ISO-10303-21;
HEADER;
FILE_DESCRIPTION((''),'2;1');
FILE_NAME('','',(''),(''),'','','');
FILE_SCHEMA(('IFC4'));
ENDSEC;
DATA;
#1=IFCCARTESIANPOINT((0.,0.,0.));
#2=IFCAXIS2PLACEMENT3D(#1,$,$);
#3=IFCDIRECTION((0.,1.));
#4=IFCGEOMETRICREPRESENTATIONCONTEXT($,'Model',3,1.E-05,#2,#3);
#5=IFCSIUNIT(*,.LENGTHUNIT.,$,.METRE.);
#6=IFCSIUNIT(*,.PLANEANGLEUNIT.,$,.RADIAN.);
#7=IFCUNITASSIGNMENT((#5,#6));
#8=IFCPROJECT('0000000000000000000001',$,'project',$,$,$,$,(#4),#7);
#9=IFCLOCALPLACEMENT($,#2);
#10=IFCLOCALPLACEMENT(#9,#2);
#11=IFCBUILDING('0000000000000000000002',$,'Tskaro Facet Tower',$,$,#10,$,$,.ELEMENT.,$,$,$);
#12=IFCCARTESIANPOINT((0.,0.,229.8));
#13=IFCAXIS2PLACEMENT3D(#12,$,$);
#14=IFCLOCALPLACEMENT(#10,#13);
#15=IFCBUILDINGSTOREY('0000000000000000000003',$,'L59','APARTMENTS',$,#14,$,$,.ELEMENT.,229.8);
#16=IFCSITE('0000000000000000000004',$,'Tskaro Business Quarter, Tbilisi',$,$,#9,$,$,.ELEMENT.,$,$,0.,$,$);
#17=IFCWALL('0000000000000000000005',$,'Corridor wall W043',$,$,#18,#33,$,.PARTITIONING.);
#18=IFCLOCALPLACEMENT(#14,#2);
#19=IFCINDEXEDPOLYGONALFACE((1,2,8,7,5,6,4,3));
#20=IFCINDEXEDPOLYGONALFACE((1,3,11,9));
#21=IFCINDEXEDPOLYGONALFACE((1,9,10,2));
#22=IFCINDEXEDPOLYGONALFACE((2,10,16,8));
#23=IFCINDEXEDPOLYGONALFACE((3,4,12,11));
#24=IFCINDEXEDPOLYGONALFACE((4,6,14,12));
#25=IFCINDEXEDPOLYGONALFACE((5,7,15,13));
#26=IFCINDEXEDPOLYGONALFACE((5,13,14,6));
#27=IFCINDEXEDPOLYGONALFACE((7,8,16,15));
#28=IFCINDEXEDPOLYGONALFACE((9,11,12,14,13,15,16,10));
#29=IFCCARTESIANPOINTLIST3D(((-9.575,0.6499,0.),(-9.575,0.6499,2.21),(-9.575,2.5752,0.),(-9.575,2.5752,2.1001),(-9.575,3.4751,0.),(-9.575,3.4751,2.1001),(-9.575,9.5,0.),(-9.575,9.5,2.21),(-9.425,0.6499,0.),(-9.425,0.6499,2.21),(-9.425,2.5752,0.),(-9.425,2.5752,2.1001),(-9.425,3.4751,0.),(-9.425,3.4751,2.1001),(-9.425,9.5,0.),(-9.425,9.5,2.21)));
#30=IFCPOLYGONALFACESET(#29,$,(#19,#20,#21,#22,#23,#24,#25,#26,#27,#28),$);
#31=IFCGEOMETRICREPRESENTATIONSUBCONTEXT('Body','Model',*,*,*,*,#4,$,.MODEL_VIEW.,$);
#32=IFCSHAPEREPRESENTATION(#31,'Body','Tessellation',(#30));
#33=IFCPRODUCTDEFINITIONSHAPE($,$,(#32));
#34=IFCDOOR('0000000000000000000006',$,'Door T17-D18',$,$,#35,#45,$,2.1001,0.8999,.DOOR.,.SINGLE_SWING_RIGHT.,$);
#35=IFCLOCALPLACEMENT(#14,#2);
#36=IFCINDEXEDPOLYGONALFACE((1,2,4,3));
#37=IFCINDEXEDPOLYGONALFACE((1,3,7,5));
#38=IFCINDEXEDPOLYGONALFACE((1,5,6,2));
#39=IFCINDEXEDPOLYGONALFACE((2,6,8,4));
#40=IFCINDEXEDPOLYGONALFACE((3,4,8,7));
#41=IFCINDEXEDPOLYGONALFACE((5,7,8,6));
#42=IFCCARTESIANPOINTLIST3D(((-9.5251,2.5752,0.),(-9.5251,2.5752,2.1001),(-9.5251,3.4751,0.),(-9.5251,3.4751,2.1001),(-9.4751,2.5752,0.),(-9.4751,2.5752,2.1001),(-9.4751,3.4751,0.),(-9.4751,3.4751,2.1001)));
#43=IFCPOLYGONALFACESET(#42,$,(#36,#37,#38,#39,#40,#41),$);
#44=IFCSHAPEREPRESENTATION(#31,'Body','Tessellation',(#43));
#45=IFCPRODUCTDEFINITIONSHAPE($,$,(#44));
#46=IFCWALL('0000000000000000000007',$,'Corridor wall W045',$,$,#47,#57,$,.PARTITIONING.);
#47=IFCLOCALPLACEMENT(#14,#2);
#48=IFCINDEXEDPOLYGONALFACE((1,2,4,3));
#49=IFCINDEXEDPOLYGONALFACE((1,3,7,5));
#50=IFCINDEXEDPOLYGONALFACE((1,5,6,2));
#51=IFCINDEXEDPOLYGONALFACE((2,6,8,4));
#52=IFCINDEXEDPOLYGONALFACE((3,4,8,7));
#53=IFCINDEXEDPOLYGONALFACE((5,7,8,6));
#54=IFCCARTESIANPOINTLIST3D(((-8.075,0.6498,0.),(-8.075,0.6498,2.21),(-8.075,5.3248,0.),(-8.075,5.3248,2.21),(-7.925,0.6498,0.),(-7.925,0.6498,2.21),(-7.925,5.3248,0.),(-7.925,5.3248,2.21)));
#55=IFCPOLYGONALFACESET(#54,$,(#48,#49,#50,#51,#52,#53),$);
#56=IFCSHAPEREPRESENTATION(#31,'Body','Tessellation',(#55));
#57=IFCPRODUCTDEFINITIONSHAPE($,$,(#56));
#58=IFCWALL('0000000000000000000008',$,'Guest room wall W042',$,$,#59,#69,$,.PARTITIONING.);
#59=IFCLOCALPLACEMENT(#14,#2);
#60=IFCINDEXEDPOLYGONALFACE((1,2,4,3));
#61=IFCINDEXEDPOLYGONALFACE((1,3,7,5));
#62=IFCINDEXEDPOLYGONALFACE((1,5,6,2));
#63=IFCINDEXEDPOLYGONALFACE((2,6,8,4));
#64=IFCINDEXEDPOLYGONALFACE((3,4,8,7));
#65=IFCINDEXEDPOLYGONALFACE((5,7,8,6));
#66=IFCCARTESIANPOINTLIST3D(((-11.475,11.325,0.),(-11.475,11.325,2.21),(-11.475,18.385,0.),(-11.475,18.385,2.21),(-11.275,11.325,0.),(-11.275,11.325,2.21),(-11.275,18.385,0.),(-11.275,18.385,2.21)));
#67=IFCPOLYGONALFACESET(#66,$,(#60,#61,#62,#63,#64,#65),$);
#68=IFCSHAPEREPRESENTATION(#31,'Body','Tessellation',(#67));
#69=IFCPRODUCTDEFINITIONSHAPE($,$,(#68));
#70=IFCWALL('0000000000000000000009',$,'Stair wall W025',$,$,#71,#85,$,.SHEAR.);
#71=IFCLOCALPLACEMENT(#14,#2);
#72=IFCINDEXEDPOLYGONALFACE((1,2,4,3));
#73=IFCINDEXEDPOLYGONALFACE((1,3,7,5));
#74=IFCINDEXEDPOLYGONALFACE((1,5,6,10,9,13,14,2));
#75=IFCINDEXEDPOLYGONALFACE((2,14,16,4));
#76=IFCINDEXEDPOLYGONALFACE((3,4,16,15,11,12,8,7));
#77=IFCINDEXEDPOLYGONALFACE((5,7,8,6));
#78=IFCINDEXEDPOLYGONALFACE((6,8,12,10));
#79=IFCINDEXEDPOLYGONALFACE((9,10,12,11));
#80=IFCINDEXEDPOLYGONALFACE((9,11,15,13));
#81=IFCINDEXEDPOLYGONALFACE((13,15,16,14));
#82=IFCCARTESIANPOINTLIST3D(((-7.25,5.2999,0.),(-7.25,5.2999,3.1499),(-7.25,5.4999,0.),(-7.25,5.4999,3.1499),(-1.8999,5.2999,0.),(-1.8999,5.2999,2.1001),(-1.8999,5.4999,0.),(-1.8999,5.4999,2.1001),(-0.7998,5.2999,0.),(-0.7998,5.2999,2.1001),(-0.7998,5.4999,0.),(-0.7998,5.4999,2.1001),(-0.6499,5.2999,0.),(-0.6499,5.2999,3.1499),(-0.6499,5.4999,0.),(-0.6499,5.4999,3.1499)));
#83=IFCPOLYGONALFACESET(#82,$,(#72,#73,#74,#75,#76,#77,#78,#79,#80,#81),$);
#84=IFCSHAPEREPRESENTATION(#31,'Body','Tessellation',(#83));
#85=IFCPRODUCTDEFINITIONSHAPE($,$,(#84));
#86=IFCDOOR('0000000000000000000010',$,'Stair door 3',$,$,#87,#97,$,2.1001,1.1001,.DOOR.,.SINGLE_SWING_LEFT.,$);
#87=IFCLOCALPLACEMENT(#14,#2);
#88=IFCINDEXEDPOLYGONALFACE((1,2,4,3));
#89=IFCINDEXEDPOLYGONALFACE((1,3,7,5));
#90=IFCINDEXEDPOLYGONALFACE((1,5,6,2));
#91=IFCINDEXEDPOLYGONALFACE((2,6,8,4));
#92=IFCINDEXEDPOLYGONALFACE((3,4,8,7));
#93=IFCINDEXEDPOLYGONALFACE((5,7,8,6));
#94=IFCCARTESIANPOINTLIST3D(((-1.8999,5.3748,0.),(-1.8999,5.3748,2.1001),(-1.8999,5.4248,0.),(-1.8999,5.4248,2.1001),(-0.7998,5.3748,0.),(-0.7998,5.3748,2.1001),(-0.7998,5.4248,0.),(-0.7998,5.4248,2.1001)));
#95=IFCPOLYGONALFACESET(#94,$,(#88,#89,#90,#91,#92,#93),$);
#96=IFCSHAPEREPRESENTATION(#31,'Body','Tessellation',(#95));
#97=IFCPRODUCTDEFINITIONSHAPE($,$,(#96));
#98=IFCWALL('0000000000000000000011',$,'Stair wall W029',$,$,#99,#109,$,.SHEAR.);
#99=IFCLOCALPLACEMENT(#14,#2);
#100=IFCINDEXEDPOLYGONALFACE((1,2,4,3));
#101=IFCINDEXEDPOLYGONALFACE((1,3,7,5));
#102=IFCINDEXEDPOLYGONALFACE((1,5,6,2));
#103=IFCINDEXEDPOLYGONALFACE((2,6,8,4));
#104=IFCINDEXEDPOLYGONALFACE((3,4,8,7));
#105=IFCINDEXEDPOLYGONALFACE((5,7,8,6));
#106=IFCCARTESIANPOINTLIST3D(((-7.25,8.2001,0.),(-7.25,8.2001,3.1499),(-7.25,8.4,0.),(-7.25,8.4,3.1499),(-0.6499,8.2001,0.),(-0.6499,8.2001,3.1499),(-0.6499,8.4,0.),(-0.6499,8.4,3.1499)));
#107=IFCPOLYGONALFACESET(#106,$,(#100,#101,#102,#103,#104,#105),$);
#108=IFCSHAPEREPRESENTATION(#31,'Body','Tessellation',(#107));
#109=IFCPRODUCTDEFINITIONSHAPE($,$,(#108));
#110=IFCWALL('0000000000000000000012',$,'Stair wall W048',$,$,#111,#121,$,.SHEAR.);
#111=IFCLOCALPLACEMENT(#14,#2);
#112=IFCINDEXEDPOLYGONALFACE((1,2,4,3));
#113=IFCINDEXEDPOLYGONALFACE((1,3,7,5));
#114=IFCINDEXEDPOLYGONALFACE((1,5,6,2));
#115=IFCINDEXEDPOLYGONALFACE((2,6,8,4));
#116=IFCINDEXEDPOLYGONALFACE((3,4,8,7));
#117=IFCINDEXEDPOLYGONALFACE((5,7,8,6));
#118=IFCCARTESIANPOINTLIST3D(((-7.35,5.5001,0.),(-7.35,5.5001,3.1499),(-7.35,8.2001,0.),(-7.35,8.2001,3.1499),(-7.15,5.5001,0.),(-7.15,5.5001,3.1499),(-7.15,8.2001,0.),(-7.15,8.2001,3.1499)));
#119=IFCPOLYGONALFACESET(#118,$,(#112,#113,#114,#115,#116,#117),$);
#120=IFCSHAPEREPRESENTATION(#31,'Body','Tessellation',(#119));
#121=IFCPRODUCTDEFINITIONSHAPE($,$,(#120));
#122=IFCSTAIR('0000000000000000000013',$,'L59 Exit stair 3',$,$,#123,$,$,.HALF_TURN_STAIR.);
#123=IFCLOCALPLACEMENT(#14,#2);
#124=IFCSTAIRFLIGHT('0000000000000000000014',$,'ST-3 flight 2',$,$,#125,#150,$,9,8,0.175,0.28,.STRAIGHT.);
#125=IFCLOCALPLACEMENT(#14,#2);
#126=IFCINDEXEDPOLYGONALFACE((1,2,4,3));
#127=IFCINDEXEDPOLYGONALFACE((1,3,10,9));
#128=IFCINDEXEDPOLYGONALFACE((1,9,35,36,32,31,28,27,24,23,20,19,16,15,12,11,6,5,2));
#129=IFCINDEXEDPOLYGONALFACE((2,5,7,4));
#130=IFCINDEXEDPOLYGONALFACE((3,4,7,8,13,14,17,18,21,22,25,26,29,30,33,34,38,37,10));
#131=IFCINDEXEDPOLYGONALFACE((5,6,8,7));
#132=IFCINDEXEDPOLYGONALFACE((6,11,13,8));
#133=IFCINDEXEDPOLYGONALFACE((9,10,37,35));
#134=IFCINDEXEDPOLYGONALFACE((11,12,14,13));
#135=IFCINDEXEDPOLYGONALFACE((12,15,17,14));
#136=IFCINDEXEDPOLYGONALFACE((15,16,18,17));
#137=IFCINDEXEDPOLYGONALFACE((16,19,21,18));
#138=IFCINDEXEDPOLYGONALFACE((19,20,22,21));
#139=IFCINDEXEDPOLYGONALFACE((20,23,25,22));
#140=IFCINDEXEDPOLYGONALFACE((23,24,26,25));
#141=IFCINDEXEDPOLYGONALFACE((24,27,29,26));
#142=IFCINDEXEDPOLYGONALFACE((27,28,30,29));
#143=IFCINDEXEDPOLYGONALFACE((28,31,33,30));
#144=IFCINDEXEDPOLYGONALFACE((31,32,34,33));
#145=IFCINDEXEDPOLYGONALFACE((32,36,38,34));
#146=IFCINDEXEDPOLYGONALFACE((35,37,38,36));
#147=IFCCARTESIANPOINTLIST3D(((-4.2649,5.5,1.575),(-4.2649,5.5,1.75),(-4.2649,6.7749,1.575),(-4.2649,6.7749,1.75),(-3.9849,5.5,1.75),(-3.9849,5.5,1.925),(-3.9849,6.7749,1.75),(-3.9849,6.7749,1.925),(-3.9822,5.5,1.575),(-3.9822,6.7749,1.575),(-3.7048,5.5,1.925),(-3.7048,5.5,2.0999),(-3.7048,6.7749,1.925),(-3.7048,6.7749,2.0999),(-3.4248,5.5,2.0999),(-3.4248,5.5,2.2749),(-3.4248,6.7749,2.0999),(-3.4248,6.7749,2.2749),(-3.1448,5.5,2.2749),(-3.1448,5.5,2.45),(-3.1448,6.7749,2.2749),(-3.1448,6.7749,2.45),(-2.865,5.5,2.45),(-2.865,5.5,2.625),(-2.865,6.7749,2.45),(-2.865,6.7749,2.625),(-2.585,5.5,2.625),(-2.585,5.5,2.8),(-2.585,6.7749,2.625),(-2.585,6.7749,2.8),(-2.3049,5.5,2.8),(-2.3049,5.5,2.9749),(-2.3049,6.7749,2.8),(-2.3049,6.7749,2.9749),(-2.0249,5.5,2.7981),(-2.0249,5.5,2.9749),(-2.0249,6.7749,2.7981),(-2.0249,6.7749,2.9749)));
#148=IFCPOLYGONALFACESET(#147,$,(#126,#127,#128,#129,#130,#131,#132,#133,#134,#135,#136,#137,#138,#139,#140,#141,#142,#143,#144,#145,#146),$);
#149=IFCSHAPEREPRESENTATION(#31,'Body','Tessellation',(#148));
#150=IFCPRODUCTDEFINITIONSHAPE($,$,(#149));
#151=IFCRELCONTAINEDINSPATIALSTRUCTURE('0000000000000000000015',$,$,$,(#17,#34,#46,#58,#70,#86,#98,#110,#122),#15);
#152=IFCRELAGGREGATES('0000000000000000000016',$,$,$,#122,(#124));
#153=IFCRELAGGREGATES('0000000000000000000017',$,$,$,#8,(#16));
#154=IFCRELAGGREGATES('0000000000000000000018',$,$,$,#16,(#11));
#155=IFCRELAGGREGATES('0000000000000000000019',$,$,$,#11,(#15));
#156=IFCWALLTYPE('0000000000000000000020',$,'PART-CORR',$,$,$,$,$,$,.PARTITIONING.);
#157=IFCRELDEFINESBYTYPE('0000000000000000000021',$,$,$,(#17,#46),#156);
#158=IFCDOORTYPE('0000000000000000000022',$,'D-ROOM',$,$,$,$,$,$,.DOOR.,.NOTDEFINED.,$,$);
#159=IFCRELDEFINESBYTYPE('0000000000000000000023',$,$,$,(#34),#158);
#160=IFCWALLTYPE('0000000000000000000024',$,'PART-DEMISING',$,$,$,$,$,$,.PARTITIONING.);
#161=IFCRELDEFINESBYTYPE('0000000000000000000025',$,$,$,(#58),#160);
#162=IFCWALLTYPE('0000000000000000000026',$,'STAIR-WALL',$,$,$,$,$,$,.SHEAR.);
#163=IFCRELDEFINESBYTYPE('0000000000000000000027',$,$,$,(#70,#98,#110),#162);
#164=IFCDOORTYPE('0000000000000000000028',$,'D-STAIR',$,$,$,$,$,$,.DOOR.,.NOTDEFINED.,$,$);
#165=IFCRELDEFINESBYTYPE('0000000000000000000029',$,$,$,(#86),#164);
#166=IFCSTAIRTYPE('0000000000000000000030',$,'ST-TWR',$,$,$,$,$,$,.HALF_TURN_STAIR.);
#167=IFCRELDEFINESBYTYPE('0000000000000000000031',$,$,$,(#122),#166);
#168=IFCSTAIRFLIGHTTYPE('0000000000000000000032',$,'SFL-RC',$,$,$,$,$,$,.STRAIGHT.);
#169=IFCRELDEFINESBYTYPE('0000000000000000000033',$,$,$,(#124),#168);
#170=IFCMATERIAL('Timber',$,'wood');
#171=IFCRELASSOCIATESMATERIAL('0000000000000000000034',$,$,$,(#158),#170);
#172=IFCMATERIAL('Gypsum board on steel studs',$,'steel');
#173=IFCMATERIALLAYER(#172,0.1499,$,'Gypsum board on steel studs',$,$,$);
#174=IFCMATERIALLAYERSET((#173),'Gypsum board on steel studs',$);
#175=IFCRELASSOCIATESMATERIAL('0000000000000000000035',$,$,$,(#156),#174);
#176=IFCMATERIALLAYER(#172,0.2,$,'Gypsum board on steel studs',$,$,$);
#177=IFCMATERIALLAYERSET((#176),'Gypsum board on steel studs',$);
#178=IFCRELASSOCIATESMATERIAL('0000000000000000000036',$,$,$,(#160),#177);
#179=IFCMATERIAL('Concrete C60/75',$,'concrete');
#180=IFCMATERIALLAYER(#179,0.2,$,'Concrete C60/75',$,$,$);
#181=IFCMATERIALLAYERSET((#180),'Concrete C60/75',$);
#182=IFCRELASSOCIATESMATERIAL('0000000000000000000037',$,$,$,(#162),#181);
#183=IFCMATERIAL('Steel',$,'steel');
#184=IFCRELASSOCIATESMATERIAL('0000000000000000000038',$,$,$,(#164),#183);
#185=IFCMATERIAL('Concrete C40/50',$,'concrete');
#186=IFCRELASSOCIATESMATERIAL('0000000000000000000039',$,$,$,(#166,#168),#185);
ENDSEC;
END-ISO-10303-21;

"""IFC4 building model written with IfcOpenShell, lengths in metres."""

from ifc_helpers import new_model, si_unit, direction, frame, frame_2d, origin, place, context, subcontext, project, spatial, polyline, rectangle, outline, extrude, material, layer, layer_set, type_object, element, fill, aggregate, save


model = new_model("IFC4")

# Units and contexts
model_context = context("Model", 3, precision=1e-05, world=origin(), true_north=direction((0.0, 1.0)))
body_context = subcontext(model_context, "Body", "Model", "MODEL_VIEW")
ifc_project = project(units=[si_unit("LENGTHUNIT", "METRE"), si_unit("PLANEANGLEUNIT", "RADIAN")], contexts=[model_context])

# Site, building, storey
site_placement = place(None, origin())
site = spatial("IfcSite", under=ifc_project, at=site_placement, Name="Tskaro Business Quarter, Tbilisi", CompositionType="ELEMENT", RefElevation=0.0)
building_placement = place(site_placement, origin())
building = spatial("IfcBuilding", under=site, at=building_placement, Name="Tskaro Facet Tower", CompositionType="ELEMENT")
storey_placement = place(building_placement, frame((0.0, 0.0, 229.8)))
storey = spatial("IfcBuildingStorey", under=building, at=storey_placement, Name="L59", Description="APARTMENTS", CompositionType="ELEMENT", Elevation=229.8)

# Shared definitions
ifc_material_1 = material(Name="Concrete C40/50", Category="concrete")
ifc_material_2 = material(Name="Steel", Category="steel")
ifc_material_3 = material(Name="Timber", Category="wood")
door_type_1 = type_object("IfcDoorType", Name="D-ROOM", OperationType="NOTDEFINED", PredefinedType="DOOR", material=ifc_material_3)

# Shared definitions
ifc_material_4 = material(Name="Gypsum board on steel studs", Category="steel")
ifc_layer_1 = layer(ifc_material_4, 0.1499, Name="Gypsum board on steel studs")
ifc_layer_set_1 = layer_set([ifc_layer_1], Name="Gypsum board on steel studs")
wall_type_1 = type_object("IfcWallType", Name="PART-CORR", PredefinedType="PARTITIONING", material=ifc_layer_set_1)

# Wall, opening, door
wall_1_placement = place(storey_placement, frame((-9.5, 9.5, 0.0), z_axis=(0.0, 0.0, 1.0), x_axis=(0.0, -1.0, 0.0)))
wall_1 = element("IfcWall", 1, at=wall_1_placement, inside=storey, type_object=wall_type_1, Name="Corridor wall W043", PredefinedType="PARTITIONING", context=body_context, shape_type="SweptSolid", body=[
    extrude(rectangle(XDim=8.8501, YDim=0.1499, at=frame_2d((4.425, 0.0))), origin(), (0.0, 0.0, 1.0), 2.21),
])
opening_1_placement = place(wall_1_placement, frame((6.0249, 0.0, 0.0)))
opening_1 = element("IfcOpeningElement", 2, at=opening_1_placement, cuts=wall_1, PredefinedType="OPENING", context=body_context, shape_type="SweptSolid", body=[
    extrude(rectangle(XDim=0.8999, YDim=2.1001, at=frame_2d((0.45, 1.05))), frame((0.0, 0.085, 0.0), z_axis=(0.0, -1.0, 0.0), x_axis=(1.0, 0.0, 0.0)), (0.0, 0.0, 1.0), 0.1699),
])
door_1_placement = place(opening_1_placement, origin())
door_1 = element("IfcDoor", 3, at=door_1_placement, inside=storey, type_object=door_type_1, Name="Door T17-D18", OperationType="SINGLE_SWING_RIGHT", OverallHeight=2.1001, OverallWidth=0.8999, PredefinedType="DOOR", context=body_context, shape_type="SweptSolid", body=[
    extrude(rectangle(XDim=0.8999, YDim=2.1001, at=frame_2d((0.45, 1.05))), frame((0.0, 0.0249, 0.0), z_axis=(0.0, -1.0, 0.0), x_axis=(1.0, 0.0, 0.0)), (0.0, 0.0, 1.0), 0.05),
])
fill(opening_1, door_1)

# Walls
wall_2_placement = place(storey_placement, frame((-8.0, 0.6499, 0.0), z_axis=(0.0, 0.0, 1.0), x_axis=(0.0, 1.0, 0.0)))
element("IfcWall", 4, at=wall_2_placement, inside=storey, type_object=wall_type_1, Name="Corridor wall W045", PredefinedType="PARTITIONING", context=body_context, shape_type="SweptSolid", body=[
    extrude(rectangle(XDim=4.675, YDim=0.1499, at=frame_2d((2.3374, 0.0))), origin(), (0.0, 0.0, 1.0), 2.21),
])
ifc_layer_2 = layer(ifc_material_4, 0.2, Name="Gypsum board on steel studs")
ifc_layer_set_2 = layer_set([ifc_layer_2], Name="Gypsum board on steel studs")
wall_type_2 = type_object("IfcWallType", Name="PART-DEMISING", PredefinedType="PARTITIONING", material=ifc_layer_set_2)
wall_3_placement = place(storey_placement, frame((-11.375, 11.325, 0.0), z_axis=(0.0, 0.0, 1.0), x_axis=(0.0, 1.0, 0.0)))
element("IfcWall", 5, at=wall_3_placement, inside=storey, type_object=wall_type_2, Name="Guest room wall W042", PredefinedType="PARTITIONING", context=body_context, shape_type="SweptSolid", body=[
    extrude(rectangle(XDim=7.0601, YDim=0.2, at=frame_2d((3.53, 0.0))), origin(), (0.0, 0.0, 1.0), 2.21),
])

# Wall, opening, door
ifc_material_5 = material(Name="Concrete C60/75", Category="concrete")
ifc_layer_3 = layer(ifc_material_5, 0.2, Name="Concrete C60/75")
ifc_layer_set_3 = layer_set([ifc_layer_3], Name="Concrete C60/75")
wall_type_3 = type_object("IfcWallType", Name="STAIR-WALL", PredefinedType="SHEAR", material=ifc_layer_set_3)
wall_4_placement = place(storey_placement, frame((-7.25, 5.3999, 0.0), z_axis=(0.0, 0.0, 1.0), x_axis=(1.0, 0.0, 0.0)))
wall_4 = element("IfcWall", 6, at=wall_4_placement, inside=storey, type_object=wall_type_3, Name="Stair wall W025", PredefinedType="SHEAR", context=body_context, shape_type="SweptSolid", body=[
    extrude(rectangle(XDim=6.6001, YDim=0.2, at=frame_2d((3.3, 0.0))), origin(), (0.0, 0.0, 1.0), 3.1499),
])
opening_2_placement = place(wall_4_placement, frame((5.3501, 0.0, 0.0)))
opening_2 = element("IfcOpeningElement", 7, at=opening_2_placement, cuts=wall_4, PredefinedType="OPENING", context=body_context, shape_type="SweptSolid", body=[
    extrude(rectangle(XDim=1.1001, YDim=2.1001, at=frame_2d((0.55, 1.05))), frame((0.0, 0.1099, 0.0), z_axis=(0.0, -1.0, 0.0), x_axis=(1.0, 0.0, 0.0)), (0.0, 0.0, 1.0), 0.22),
])
door_type_2 = type_object("IfcDoorType", Name="D-STAIR", OperationType="NOTDEFINED", PredefinedType="DOOR", material=ifc_material_2)
door_2_placement = place(opening_2_placement, origin())
door_2 = element("IfcDoor", 8, at=door_2_placement, inside=storey, type_object=door_type_2, Name="Stair door 3", OperationType="SINGLE_SWING_LEFT", OverallHeight=2.1001, OverallWidth=1.1001, PredefinedType="DOOR", context=body_context, shape_type="SweptSolid", body=[
    extrude(rectangle(XDim=1.1001, YDim=2.1001, at=frame_2d((0.55, 1.05))), frame((0.0, 0.0249, 0.0), z_axis=(0.0, -1.0, 0.0), x_axis=(1.0, 0.0, 0.0)), (0.0, 0.0, 1.0), 0.05),
])
fill(opening_2, door_2)

# Walls
wall_5_placement = place(storey_placement, frame((-7.25, 8.3, 0.0), z_axis=(0.0, 0.0, 1.0), x_axis=(1.0, 0.0, 0.0)))
element("IfcWall", 9, at=wall_5_placement, inside=storey, type_object=wall_type_3, Name="Stair wall W029", PredefinedType="SHEAR", context=body_context, shape_type="SweptSolid", body=[
    extrude(rectangle(XDim=6.6001, YDim=0.2, at=frame_2d((3.3, 0.0))), origin(), (0.0, 0.0, 1.0), 3.1499),
])
wall_6_placement = place(storey_placement, frame((-7.25, 5.5, 0.0), z_axis=(0.0, 0.0, 1.0), x_axis=(0.0, 1.0, 0.0)))
element("IfcWall", 10, at=wall_6_placement, inside=storey, type_object=wall_type_3, Name="Stair wall W048", PredefinedType="SHEAR", context=body_context, shape_type="SweptSolid", body=[
    extrude(rectangle(XDim=2.7, YDim=0.2, at=frame_2d((1.3501, 0.0))), origin(), (0.0, 0.0, 1.0), 3.1499),
])

# Stair, stair flight
stair_type = type_object("IfcStairType", Name="ST-TWR", PredefinedType="HALF_TURN_STAIR", material=ifc_material_1)
stair_placement = place(storey_placement, origin())
stair = element("IfcStair", 11, at=stair_placement, inside=storey, type_object=stair_type, Name="L59 Exit stair 3", PredefinedType="HALF_TURN_STAIR")
stair_flight_type = type_object("IfcStairFlightType", Name="SFL-RC", PredefinedType="STRAIGHT", material=ifc_material_1)
stair_flight_placement = place(storey_placement, frame((-4.2649, 6.1375, 1.575), z_axis=(0.0, 0.0, 1.0), x_axis=(1.0, 0.0, 0.0)))
stair_flight = element("IfcStairFlight", 12, at=stair_flight_placement, type_object=stair_flight_type, Name="ST-3 flight 2", NumberOfRisers=9, NumberOfTreads=8, PredefinedType="STRAIGHT", RiserHeight=0.175, TreadLength=0.28, context=body_context, shape_type="SweptSolid", body=[
    extrude(outline(polyline([(0.0, 0.0), (0.0, 0.175), (0.28, 0.175), (0.28, 0.3501), (0.5601, 0.3501), (0.5601, 0.5249), (0.8401, 0.5249), (0.8401, 0.7), (1.1201, 0.7), (1.1201, 0.875), (1.3999, 0.875), (1.3999, 1.05), (1.6799, 1.05), (1.6799, 1.2251), (1.96, 1.2251), (1.96, 1.3999), (2.24, 1.3999), (2.24, 1.575), (2.24, 1.2231), (0.2827, 0.0), (0.0, 0.0)])), frame((0.0, 0.6375, 0.0), z_axis=(0.0, -1.0, 0.0), x_axis=(1.0, 0.0, 0.0)), (0.0, 0.0, 1.0), 1.2749),
])
aggregate(stair, [stair_flight])

save(model, "model.ifc")
